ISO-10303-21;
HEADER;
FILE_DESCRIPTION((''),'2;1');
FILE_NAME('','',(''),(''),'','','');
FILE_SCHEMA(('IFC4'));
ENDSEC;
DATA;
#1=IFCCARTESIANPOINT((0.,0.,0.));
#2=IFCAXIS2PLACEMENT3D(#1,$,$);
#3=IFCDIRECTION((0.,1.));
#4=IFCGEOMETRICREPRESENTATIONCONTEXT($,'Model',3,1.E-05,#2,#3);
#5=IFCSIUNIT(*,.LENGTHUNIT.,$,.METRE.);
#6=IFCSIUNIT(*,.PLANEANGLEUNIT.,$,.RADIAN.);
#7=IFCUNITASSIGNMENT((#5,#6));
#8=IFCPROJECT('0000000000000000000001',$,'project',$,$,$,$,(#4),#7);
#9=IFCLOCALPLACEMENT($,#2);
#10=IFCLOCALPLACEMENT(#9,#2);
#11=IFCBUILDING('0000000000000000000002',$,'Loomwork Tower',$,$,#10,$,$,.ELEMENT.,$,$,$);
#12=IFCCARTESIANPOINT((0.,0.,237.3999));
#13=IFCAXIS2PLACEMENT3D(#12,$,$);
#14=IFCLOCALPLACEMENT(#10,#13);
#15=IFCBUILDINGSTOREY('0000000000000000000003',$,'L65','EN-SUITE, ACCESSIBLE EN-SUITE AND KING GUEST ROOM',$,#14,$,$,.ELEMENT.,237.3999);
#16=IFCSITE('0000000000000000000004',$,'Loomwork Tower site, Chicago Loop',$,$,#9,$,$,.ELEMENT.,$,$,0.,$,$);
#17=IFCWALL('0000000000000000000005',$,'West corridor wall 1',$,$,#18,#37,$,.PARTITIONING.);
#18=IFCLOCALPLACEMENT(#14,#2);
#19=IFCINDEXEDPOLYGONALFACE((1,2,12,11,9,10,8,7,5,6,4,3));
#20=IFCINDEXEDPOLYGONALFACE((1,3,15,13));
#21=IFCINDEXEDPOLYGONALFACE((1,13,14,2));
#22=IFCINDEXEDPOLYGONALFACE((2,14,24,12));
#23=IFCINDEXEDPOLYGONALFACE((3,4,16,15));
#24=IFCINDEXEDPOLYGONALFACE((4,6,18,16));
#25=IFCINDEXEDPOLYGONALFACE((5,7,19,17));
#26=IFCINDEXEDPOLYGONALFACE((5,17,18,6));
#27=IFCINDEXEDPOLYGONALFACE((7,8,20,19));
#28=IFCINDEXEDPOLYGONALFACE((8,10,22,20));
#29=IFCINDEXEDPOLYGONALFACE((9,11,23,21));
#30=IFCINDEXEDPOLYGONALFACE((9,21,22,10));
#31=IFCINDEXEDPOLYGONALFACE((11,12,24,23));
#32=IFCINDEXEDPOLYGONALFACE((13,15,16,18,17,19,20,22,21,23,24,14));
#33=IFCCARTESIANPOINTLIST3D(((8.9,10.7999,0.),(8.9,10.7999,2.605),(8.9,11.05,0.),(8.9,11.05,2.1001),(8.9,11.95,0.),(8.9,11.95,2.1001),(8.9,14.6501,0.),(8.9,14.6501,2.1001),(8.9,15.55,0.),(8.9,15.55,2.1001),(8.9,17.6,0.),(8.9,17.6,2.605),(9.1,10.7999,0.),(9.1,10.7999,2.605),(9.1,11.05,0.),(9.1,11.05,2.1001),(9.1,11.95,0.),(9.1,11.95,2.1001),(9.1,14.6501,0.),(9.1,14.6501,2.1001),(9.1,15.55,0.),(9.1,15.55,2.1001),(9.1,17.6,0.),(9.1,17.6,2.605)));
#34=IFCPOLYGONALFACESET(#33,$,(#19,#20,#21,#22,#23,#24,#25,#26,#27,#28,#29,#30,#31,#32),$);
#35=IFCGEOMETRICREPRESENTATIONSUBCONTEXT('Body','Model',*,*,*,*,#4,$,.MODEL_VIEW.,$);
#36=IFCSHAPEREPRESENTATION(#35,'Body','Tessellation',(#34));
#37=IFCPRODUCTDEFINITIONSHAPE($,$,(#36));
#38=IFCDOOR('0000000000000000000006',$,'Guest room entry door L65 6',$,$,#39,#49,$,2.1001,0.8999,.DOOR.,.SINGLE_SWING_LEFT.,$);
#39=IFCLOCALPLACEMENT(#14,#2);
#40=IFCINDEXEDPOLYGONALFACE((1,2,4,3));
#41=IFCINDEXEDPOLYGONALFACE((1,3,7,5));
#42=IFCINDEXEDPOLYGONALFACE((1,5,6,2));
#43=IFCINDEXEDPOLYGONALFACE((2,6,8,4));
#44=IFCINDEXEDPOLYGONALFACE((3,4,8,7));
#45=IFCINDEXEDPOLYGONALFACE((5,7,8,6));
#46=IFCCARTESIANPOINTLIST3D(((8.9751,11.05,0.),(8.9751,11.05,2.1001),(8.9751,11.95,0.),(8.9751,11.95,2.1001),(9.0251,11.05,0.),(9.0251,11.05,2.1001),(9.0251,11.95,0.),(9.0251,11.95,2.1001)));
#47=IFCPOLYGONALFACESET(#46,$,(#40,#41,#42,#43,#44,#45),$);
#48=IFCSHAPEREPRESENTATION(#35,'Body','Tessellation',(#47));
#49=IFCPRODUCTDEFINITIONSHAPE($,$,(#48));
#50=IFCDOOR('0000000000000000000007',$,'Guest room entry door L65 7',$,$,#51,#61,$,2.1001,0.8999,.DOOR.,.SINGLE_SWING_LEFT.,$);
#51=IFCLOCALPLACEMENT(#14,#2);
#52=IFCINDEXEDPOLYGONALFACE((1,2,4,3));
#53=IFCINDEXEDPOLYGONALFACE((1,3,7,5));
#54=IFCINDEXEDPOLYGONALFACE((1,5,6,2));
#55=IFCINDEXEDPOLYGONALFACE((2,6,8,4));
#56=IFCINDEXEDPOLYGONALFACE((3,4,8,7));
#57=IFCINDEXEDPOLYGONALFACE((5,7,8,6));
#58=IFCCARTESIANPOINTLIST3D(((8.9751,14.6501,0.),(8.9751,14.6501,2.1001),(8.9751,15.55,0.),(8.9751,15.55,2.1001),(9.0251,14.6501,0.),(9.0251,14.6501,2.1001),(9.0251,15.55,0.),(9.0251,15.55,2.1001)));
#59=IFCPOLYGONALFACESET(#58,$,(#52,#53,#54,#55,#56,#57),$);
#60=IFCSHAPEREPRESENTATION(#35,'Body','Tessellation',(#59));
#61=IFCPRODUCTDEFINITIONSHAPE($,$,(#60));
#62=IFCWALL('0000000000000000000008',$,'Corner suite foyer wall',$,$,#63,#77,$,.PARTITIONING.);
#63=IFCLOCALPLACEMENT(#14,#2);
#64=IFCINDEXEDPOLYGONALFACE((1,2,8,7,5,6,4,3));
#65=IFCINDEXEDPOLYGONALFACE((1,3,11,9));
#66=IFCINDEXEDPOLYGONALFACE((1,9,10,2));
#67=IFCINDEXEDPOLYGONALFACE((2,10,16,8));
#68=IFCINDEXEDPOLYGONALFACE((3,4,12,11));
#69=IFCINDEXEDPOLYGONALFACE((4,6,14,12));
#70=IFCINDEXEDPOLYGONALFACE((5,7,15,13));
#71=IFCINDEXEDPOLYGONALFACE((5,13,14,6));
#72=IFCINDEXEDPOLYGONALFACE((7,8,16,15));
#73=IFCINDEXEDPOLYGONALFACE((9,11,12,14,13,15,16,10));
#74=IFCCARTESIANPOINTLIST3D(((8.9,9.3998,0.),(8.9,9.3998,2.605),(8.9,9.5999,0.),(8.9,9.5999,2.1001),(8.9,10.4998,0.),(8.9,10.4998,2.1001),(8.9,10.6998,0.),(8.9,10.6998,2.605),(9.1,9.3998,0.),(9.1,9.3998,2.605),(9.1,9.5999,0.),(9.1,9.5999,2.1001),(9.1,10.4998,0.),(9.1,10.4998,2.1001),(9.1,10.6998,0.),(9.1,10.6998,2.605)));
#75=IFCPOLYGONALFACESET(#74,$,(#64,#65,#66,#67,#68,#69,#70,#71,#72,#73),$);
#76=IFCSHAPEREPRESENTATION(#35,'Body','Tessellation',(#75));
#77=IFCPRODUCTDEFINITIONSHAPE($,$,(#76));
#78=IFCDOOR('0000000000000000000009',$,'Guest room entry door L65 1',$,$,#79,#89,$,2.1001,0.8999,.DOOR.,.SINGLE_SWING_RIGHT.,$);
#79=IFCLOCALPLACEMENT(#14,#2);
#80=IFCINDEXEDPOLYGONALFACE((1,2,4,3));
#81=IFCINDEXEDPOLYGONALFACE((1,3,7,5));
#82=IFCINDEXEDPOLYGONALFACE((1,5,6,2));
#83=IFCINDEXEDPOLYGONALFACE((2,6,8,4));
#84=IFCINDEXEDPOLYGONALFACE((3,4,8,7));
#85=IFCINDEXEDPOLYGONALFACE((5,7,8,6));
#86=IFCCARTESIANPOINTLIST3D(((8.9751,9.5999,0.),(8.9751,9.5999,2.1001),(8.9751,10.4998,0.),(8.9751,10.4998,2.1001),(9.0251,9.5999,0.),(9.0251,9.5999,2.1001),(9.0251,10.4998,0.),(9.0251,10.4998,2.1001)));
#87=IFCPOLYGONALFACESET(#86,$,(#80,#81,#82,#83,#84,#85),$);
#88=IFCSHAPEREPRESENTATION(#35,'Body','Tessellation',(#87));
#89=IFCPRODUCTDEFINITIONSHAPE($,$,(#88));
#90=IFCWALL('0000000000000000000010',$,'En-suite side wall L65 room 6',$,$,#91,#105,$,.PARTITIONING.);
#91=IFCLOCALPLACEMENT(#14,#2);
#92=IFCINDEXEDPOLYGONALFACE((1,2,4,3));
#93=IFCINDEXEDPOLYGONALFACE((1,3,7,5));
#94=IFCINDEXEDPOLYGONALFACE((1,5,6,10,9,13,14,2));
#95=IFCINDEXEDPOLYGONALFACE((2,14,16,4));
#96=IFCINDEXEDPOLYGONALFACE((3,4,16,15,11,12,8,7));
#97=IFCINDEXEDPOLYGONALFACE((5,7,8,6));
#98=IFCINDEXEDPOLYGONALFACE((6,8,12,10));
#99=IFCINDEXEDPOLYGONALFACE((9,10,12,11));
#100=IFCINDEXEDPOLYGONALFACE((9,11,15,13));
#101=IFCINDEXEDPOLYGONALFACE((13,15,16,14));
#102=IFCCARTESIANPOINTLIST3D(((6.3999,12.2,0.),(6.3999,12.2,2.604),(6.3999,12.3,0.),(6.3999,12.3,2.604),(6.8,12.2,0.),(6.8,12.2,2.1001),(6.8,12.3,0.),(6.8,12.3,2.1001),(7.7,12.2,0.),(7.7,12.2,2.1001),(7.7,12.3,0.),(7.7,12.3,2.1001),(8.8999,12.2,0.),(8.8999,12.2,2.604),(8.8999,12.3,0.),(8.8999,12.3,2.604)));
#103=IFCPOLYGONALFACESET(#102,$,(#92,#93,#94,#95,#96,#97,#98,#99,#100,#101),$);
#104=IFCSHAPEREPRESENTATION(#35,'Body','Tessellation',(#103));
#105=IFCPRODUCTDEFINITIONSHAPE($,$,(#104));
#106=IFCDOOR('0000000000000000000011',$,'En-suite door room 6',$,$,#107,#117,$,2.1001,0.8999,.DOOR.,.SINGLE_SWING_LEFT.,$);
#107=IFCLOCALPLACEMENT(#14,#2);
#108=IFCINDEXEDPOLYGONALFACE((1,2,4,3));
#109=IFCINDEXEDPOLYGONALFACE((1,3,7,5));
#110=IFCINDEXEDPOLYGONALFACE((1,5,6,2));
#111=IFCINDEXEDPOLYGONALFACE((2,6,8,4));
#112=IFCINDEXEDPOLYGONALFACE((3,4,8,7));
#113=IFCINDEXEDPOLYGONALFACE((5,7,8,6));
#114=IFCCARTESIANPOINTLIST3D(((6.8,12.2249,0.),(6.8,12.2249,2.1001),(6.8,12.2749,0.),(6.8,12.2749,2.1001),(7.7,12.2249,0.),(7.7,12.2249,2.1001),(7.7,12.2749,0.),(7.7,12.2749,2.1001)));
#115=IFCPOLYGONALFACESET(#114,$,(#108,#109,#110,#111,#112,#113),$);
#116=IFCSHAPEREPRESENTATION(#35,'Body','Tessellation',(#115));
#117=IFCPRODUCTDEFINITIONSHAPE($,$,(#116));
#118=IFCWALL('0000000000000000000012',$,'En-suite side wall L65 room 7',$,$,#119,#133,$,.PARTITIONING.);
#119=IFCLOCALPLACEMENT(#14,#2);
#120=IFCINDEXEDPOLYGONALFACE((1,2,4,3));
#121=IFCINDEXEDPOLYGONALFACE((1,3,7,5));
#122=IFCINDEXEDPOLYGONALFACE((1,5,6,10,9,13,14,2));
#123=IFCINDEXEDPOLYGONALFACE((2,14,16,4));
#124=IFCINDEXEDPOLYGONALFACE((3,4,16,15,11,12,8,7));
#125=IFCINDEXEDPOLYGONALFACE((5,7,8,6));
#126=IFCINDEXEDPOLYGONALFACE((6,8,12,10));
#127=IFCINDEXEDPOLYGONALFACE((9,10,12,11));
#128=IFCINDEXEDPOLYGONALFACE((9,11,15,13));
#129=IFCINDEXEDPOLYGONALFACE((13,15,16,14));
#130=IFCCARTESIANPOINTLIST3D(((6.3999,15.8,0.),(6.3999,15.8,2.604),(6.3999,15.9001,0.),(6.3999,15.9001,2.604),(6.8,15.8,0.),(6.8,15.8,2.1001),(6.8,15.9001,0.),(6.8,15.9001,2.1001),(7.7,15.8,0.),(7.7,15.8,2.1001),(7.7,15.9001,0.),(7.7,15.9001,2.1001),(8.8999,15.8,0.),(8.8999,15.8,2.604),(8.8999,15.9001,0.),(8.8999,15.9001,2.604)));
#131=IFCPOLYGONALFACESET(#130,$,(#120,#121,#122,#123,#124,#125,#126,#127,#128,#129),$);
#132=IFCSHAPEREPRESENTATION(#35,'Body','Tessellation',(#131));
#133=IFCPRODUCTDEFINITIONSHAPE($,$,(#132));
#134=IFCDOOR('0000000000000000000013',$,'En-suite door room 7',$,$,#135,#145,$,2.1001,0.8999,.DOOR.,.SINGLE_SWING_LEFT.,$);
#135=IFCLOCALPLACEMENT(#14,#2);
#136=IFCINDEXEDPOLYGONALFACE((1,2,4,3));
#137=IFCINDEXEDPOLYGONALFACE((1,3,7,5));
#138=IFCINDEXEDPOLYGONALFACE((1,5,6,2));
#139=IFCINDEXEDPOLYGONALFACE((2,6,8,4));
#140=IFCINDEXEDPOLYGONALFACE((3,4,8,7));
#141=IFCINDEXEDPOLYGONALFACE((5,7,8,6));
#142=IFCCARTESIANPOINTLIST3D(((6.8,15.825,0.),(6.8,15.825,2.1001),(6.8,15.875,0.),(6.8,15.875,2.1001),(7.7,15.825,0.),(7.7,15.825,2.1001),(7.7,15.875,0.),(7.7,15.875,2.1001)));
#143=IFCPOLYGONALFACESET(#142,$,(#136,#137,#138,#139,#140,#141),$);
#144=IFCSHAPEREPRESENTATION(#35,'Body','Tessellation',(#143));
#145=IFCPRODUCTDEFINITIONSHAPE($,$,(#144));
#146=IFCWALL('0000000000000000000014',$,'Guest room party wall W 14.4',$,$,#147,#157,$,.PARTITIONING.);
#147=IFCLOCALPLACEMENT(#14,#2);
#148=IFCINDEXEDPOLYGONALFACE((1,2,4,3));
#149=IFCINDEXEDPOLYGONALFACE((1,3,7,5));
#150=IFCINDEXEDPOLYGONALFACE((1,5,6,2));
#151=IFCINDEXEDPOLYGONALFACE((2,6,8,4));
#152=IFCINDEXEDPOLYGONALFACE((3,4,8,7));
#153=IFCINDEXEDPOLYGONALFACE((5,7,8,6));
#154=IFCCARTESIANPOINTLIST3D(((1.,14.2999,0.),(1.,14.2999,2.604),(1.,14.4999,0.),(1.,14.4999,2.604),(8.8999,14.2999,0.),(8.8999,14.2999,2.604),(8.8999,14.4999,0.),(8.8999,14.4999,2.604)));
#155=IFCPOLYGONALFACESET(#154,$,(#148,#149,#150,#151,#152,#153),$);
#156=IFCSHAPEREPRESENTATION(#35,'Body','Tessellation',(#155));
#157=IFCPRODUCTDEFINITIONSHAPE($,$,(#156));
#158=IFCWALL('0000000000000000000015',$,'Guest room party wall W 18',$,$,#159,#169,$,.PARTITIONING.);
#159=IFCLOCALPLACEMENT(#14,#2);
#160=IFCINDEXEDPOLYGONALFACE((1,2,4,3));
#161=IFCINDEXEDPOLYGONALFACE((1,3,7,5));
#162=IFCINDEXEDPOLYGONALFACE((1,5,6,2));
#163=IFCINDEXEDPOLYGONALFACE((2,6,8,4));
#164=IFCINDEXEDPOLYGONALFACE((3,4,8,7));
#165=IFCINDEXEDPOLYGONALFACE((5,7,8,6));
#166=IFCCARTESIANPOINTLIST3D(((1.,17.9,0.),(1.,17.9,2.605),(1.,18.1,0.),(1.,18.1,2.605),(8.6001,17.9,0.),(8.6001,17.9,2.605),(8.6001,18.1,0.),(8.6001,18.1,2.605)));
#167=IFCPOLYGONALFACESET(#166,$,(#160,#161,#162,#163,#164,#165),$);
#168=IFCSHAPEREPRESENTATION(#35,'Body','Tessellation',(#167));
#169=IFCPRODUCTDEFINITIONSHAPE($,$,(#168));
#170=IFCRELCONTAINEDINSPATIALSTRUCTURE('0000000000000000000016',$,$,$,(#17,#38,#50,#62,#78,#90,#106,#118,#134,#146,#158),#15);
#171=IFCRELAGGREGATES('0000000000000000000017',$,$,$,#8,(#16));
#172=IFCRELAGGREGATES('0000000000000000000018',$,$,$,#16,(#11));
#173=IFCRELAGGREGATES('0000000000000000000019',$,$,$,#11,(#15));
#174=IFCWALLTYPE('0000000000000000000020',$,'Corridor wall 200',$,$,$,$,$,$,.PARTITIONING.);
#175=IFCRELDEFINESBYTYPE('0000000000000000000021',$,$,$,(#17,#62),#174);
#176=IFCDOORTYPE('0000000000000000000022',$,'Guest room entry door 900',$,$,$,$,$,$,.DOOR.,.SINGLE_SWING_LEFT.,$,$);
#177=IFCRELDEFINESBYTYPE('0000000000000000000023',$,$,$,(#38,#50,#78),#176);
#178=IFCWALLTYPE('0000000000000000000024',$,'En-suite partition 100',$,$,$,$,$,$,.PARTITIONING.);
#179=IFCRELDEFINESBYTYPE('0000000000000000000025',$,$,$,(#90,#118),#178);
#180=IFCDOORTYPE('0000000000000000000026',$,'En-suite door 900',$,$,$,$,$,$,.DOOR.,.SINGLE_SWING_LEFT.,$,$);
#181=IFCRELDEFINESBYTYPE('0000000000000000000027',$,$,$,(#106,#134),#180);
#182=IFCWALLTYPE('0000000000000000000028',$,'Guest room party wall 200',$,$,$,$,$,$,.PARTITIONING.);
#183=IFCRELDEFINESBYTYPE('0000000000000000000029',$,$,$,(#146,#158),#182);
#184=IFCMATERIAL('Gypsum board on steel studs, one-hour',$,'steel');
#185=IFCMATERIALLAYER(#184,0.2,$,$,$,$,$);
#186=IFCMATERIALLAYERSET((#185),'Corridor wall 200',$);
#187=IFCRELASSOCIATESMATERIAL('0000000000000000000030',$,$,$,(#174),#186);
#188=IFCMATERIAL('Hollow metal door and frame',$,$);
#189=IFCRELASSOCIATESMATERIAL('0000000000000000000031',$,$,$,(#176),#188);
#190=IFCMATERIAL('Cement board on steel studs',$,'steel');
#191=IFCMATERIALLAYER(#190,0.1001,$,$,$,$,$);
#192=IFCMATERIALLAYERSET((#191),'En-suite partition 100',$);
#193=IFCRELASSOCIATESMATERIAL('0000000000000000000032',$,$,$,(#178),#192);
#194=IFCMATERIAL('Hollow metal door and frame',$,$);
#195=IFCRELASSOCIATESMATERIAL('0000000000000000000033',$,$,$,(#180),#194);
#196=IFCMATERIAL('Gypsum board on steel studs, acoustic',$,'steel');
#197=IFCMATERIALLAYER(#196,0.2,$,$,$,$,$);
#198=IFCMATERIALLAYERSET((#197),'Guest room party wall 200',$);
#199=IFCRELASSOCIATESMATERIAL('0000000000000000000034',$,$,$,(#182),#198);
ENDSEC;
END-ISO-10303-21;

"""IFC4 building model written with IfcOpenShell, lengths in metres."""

from ifc_helpers import new_model, si_unit, direction, frame, frame_2d, origin, place, context, subcontext, project, spatial, rectangle, extrude, material, layer, layer_set, type_object, element, fill, save


model = new_model("IFC4")

# Units and contexts
model_context = context("Model", 3, precision=1e-05, world=origin(), true_north=direction((0.0, 1.0)))
body_context = subcontext(model_context, "Body", "Model", "MODEL_VIEW")
ifc_project = project(units=[si_unit("LENGTHUNIT", "METRE"), si_unit("PLANEANGLEUNIT", "RADIAN")], contexts=[model_context])

# Site, building, storey
site_placement = place(None, origin())
site = spatial("IfcSite", under=ifc_project, at=site_placement, Name="Loomwork Tower site, Chicago Loop", CompositionType="ELEMENT", RefElevation=0.0)
building_placement = place(site_placement, origin())
building = spatial("IfcBuilding", under=site, at=building_placement, Name="Loomwork Tower", CompositionType="ELEMENT")
storey_placement = place(building_placement, frame((0.0, 0.0, 237.3999)))
storey = spatial("IfcBuildingStorey", under=building, at=storey_placement, Name="L65", Description="EN-SUITE, ACCESSIBLE EN-SUITE AND KING GUEST ROOM", CompositionType="ELEMENT", Elevation=237.3999)

# Wall, openings, doors
ifc_material_1 = material(Name="Gypsum board on steel studs, one-hour", Category="steel")
ifc_layer_1 = layer(ifc_material_1, 0.2)
ifc_layer_set_1 = layer_set([ifc_layer_1], Name="Corridor wall 200")
wall_type_1 = type_object("IfcWallType", Name="Corridor wall 200", PredefinedType="PARTITIONING", material=ifc_layer_set_1)
wall_1_placement = place(storey_placement, frame((9.0, 10.8, 0.0), z_axis=(0.0, 0.0, 1.0), x_axis=(0.0, 1.0, 0.0)))
wall_1 = element("IfcWall", 1, at=wall_1_placement, inside=storey, type_object=wall_type_1, Name="West corridor wall 1", PredefinedType="PARTITIONING", context=body_context, shape_type="SweptSolid", body=[
    extrude(rectangle(XDim=6.8, YDim=0.2, at=frame_2d((3.3999, 0.0))), origin(), (0.0, 0.0, 1.0), 2.605),
])
opening_1_placement = place(wall_1_placement, frame((0.25, 0.0, 0.0)))
opening_1 = element("IfcOpeningElement", 2, at=opening_1_placement, cuts=wall_1, PredefinedType="OPENING", context=body_context, shape_type="SweptSolid", body=[
    extrude(rectangle(XDim=0.8999, YDim=2.1001, at=frame_2d((0.45, 1.05))), frame((0.0, 0.1099, 0.0), z_axis=(0.0, -1.0, 0.0), x_axis=(1.0, 0.0, 0.0)), (0.0, 0.0, 1.0), 0.22),
])
opening_2_placement = place(wall_1_placement, frame((3.8501, 0.0, 0.0)))
opening_2 = element("IfcOpeningElement", 3, at=opening_2_placement, cuts=wall_1, PredefinedType="OPENING", context=body_context, shape_type="SweptSolid", body=[
    extrude(rectangle(XDim=0.8999, YDim=2.1001, at=frame_2d((0.45, 1.05))), frame((0.0, 0.1099, 0.0), z_axis=(0.0, -1.0, 0.0), x_axis=(1.0, 0.0, 0.0)), (0.0, 0.0, 1.0), 0.22),
])
ifc_material_2 = material(Name="Hollow metal door and frame")
door_type_1 = type_object("IfcDoorType", Name="Guest room entry door 900", OperationType="SINGLE_SWING_LEFT", PredefinedType="DOOR", material=ifc_material_2)
door_1_placement = place(opening_1_placement, origin())
door_1 = element("IfcDoor", 4, at=door_1_placement, inside=storey, type_object=door_type_1, Name="Guest room entry door L65 6", OperationType="SINGLE_SWING_LEFT", OverallHeight=2.1001, OverallWidth=0.8999, PredefinedType="DOOR", context=body_context, shape_type="SweptSolid", body=[
    extrude(rectangle(XDim=0.8999, YDim=2.1001, at=frame_2d((0.45, 1.05))), frame((0.0, 0.0249, 0.0), z_axis=(0.0, -1.0, 0.0), x_axis=(1.0, 0.0, 0.0)), (0.0, 0.0, 1.0), 0.05),
])
fill(opening_1, door_1)
door_2_placement = place(opening_2_placement, origin())
door_2 = element("IfcDoor", 5, at=door_2_placement, inside=storey, type_object=door_type_1, Name="Guest room entry door L65 7", OperationType="SINGLE_SWING_LEFT", OverallHeight=2.1001, OverallWidth=0.8999, PredefinedType="DOOR", context=body_context, shape_type="SweptSolid", body=[
    extrude(rectangle(XDim=0.8999, YDim=2.1001, at=frame_2d((0.45, 1.05))), frame((0.0, 0.0249, 0.0), z_axis=(0.0, -1.0, 0.0), x_axis=(1.0, 0.0, 0.0)), (0.0, 0.0, 1.0), 0.05),
])
fill(opening_2, door_2)

# Walls, openings, doors
wall_2_placement = place(storey_placement, frame((9.0, 9.3999, 0.0), z_axis=(0.0, 0.0, 1.0), x_axis=(0.0, 1.0, 0.0)))
wall_2 = element("IfcWall", 6, at=wall_2_placement, inside=storey, type_object=wall_type_1, Name="Corner suite foyer wall", PredefinedType="PARTITIONING", context=body_context, shape_type="SweptSolid", body=[
    extrude(rectangle(XDim=1.3, YDim=0.2, at=frame_2d((0.6499, 0.0))), origin(), (0.0, 0.0, 1.0), 2.605),
])
opening_3_placement = place(wall_2_placement, frame((0.2, 0.0, 0.0)))
opening_3 = element("IfcOpeningElement", 7, at=opening_3_placement, cuts=wall_2, PredefinedType="OPENING", context=body_context, shape_type="SweptSolid", body=[
    extrude(rectangle(XDim=0.8999, YDim=2.1001, at=frame_2d((0.45, 1.05))), frame((0.0, 0.1099, 0.0), z_axis=(0.0, -1.0, 0.0), x_axis=(1.0, 0.0, 0.0)), (0.0, 0.0, 1.0), 0.22),
])
door_3_placement = place(opening_3_placement, origin())
door_3 = element("IfcDoor", 8, at=door_3_placement, inside=storey, type_object=door_type_1, Name="Guest room entry door L65 1", OperationType="SINGLE_SWING_RIGHT", OverallHeight=2.1001, OverallWidth=0.8999, PredefinedType="DOOR", context=body_context, shape_type="SweptSolid", body=[
    extrude(rectangle(XDim=0.8999, YDim=2.1001, at=frame_2d((0.45, 1.05))), frame((0.0, 0.0249, 0.0), z_axis=(0.0, -1.0, 0.0), x_axis=(1.0, 0.0, 0.0)), (0.0, 0.0, 1.0), 0.05),
])
fill(opening_3, door_3)
ifc_material_3 = material(Name="Cement board on steel studs", Category="steel")
ifc_layer_2 = layer(ifc_material_3, 0.1001)
ifc_layer_set_2 = layer_set([ifc_layer_2], Name="En-suite partition 100")
wall_type_2 = type_object("IfcWallType", Name="En-suite partition 100", PredefinedType="PARTITIONING", material=ifc_layer_set_2)
wall_3_placement = place(storey_placement, frame((8.8999, 12.25, 0.0), z_axis=(0.0, 0.0, 1.0), x_axis=(-1.0, 0.0, 0.0)))
wall_3 = element("IfcWall", 9, at=wall_3_placement, inside=storey, type_object=wall_type_2, Name="En-suite side wall L65 room 6", PredefinedType="PARTITIONING", context=body_context, shape_type="SweptSolid", body=[
    extrude(rectangle(XDim=2.5, YDim=0.1001, at=frame_2d((1.25, 0.0))), origin(), (0.0, 0.0, 1.0), 2.604),
])
opening_4_placement = place(wall_3_placement, frame((1.2, 0.0, 0.0)))
opening_4 = element("IfcOpeningElement", 10, at=opening_4_placement, cuts=wall_3, PredefinedType="OPENING", context=body_context, shape_type="SweptSolid", body=[
    extrude(rectangle(XDim=0.8999, YDim=2.1001, at=frame_2d((0.45, 1.05))), frame((0.0, 0.0601, 0.0), z_axis=(0.0, -1.0, 0.0), x_axis=(1.0, 0.0, 0.0)), (0.0, 0.0, 1.0), 0.1201),
])
ifc_material_4 = material(Name="Hollow metal door and frame")
door_type_2 = type_object("IfcDoorType", Name="En-suite door 900", OperationType="SINGLE_SWING_LEFT", PredefinedType="DOOR", material=ifc_material_4)
door_4_placement = place(opening_4_placement, frame((0.8999, 0.0, 0.0), z_axis=(0.0, 0.0, 1.0), x_axis=(-1.0, 0.0, 0.0)))
door_4 = element("IfcDoor", 11, at=door_4_placement, inside=storey, type_object=door_type_2, Name="En-suite door room 6", OperationType="SINGLE_SWING_LEFT", OverallHeight=2.1001, OverallWidth=0.8999, PredefinedType="DOOR", context=body_context, shape_type="SweptSolid", body=[
    extrude(rectangle(XDim=0.8999, YDim=2.1001, at=frame_2d((0.45, 1.05))), frame((0.0, 0.0249, 0.0), z_axis=(0.0, -1.0, 0.0), x_axis=(1.0, 0.0, 0.0)), (0.0, 0.0, 1.0), 0.05),
])
fill(opening_4, door_4)
wall_4_placement = place(storey_placement, frame((8.8999, 15.8501, 0.0), z_axis=(0.0, 0.0, 1.0), x_axis=(-1.0, 0.0, 0.0)))
wall_4 = element("IfcWall", 12, at=wall_4_placement, inside=storey, type_object=wall_type_2, Name="En-suite side wall L65 room 7", PredefinedType="PARTITIONING", context=body_context, shape_type="SweptSolid", body=[
    extrude(rectangle(XDim=2.5, YDim=0.1001, at=frame_2d((1.25, 0.0))), origin(), (0.0, 0.0, 1.0), 2.604),
])
opening_5_placement = place(wall_4_placement, frame((1.2, 0.0, 0.0)))
opening_5 = element("IfcOpeningElement", 13, at=opening_5_placement, cuts=wall_4, PredefinedType="OPENING", context=body_context, shape_type="SweptSolid", body=[
    extrude(rectangle(XDim=0.8999, YDim=2.1001, at=frame_2d((0.45, 1.05))), frame((0.0, 0.0601, 0.0), z_axis=(0.0, -1.0, 0.0), x_axis=(1.0, 0.0, 0.0)), (0.0, 0.0, 1.0), 0.1201),
])
door_5_placement = place(opening_5_placement, frame((0.8999, 0.0, 0.0), z_axis=(0.0, 0.0, 1.0), x_axis=(-1.0, 0.0, 0.0)))
door_5 = element("IfcDoor", 14, at=door_5_placement, inside=storey, type_object=door_type_2, Name="En-suite door room 7", OperationType="SINGLE_SWING_LEFT", OverallHeight=2.1001, OverallWidth=0.8999, PredefinedType="DOOR", context=body_context, shape_type="SweptSolid", body=[
    extrude(rectangle(XDim=0.8999, YDim=2.1001, at=frame_2d((0.45, 1.05))), frame((0.0, 0.0249, 0.0), z_axis=(0.0, -1.0, 0.0), x_axis=(1.0, 0.0, 0.0)), (0.0, 0.0, 1.0), 0.05),
])
fill(opening_5, door_5)

# Walls
ifc_material_5 = material(Name="Gypsum board on steel studs, acoustic", Category="steel")
ifc_layer_3 = layer(ifc_material_5, 0.2)
ifc_layer_set_3 = layer_set([ifc_layer_3], Name="Guest room party wall 200")
wall_type_3 = type_object("IfcWallType", Name="Guest room party wall 200", PredefinedType="PARTITIONING", material=ifc_layer_set_3)
wall_5_placement = place(storey_placement, frame((8.8999, 14.3999, 0.0), z_axis=(0.0, 0.0, 1.0), x_axis=(-1.0, 0.0, 0.0)))
element("IfcWall", 15, at=wall_5_placement, inside=storey, type_object=wall_type_3, Name="Guest room party wall W 14.4", PredefinedType="PARTITIONING", context=body_context, shape_type="SweptSolid", body=[
    extrude(rectangle(XDim=7.8999, YDim=0.2, at=frame_2d((3.95, 0.0))), origin(), (0.0, 0.0, 1.0), 2.604),
])
wall_6_placement = place(storey_placement, frame((8.6001, 18.0, 0.0), z_axis=(0.0, 0.0, 1.0), x_axis=(-1.0, 0.0, 0.0)))
element("IfcWall", 16, at=wall_6_placement, inside=storey, type_object=wall_type_3, Name="Guest room party wall W 18", PredefinedType="PARTITIONING", context=body_context, shape_type="SweptSolid", body=[
    extrude(rectangle(XDim=7.6001, YDim=0.2, at=frame_2d((3.8, 0.0))), origin(), (0.0, 0.0, 1.0), 2.605),
])

save(model, "model.ifc")
